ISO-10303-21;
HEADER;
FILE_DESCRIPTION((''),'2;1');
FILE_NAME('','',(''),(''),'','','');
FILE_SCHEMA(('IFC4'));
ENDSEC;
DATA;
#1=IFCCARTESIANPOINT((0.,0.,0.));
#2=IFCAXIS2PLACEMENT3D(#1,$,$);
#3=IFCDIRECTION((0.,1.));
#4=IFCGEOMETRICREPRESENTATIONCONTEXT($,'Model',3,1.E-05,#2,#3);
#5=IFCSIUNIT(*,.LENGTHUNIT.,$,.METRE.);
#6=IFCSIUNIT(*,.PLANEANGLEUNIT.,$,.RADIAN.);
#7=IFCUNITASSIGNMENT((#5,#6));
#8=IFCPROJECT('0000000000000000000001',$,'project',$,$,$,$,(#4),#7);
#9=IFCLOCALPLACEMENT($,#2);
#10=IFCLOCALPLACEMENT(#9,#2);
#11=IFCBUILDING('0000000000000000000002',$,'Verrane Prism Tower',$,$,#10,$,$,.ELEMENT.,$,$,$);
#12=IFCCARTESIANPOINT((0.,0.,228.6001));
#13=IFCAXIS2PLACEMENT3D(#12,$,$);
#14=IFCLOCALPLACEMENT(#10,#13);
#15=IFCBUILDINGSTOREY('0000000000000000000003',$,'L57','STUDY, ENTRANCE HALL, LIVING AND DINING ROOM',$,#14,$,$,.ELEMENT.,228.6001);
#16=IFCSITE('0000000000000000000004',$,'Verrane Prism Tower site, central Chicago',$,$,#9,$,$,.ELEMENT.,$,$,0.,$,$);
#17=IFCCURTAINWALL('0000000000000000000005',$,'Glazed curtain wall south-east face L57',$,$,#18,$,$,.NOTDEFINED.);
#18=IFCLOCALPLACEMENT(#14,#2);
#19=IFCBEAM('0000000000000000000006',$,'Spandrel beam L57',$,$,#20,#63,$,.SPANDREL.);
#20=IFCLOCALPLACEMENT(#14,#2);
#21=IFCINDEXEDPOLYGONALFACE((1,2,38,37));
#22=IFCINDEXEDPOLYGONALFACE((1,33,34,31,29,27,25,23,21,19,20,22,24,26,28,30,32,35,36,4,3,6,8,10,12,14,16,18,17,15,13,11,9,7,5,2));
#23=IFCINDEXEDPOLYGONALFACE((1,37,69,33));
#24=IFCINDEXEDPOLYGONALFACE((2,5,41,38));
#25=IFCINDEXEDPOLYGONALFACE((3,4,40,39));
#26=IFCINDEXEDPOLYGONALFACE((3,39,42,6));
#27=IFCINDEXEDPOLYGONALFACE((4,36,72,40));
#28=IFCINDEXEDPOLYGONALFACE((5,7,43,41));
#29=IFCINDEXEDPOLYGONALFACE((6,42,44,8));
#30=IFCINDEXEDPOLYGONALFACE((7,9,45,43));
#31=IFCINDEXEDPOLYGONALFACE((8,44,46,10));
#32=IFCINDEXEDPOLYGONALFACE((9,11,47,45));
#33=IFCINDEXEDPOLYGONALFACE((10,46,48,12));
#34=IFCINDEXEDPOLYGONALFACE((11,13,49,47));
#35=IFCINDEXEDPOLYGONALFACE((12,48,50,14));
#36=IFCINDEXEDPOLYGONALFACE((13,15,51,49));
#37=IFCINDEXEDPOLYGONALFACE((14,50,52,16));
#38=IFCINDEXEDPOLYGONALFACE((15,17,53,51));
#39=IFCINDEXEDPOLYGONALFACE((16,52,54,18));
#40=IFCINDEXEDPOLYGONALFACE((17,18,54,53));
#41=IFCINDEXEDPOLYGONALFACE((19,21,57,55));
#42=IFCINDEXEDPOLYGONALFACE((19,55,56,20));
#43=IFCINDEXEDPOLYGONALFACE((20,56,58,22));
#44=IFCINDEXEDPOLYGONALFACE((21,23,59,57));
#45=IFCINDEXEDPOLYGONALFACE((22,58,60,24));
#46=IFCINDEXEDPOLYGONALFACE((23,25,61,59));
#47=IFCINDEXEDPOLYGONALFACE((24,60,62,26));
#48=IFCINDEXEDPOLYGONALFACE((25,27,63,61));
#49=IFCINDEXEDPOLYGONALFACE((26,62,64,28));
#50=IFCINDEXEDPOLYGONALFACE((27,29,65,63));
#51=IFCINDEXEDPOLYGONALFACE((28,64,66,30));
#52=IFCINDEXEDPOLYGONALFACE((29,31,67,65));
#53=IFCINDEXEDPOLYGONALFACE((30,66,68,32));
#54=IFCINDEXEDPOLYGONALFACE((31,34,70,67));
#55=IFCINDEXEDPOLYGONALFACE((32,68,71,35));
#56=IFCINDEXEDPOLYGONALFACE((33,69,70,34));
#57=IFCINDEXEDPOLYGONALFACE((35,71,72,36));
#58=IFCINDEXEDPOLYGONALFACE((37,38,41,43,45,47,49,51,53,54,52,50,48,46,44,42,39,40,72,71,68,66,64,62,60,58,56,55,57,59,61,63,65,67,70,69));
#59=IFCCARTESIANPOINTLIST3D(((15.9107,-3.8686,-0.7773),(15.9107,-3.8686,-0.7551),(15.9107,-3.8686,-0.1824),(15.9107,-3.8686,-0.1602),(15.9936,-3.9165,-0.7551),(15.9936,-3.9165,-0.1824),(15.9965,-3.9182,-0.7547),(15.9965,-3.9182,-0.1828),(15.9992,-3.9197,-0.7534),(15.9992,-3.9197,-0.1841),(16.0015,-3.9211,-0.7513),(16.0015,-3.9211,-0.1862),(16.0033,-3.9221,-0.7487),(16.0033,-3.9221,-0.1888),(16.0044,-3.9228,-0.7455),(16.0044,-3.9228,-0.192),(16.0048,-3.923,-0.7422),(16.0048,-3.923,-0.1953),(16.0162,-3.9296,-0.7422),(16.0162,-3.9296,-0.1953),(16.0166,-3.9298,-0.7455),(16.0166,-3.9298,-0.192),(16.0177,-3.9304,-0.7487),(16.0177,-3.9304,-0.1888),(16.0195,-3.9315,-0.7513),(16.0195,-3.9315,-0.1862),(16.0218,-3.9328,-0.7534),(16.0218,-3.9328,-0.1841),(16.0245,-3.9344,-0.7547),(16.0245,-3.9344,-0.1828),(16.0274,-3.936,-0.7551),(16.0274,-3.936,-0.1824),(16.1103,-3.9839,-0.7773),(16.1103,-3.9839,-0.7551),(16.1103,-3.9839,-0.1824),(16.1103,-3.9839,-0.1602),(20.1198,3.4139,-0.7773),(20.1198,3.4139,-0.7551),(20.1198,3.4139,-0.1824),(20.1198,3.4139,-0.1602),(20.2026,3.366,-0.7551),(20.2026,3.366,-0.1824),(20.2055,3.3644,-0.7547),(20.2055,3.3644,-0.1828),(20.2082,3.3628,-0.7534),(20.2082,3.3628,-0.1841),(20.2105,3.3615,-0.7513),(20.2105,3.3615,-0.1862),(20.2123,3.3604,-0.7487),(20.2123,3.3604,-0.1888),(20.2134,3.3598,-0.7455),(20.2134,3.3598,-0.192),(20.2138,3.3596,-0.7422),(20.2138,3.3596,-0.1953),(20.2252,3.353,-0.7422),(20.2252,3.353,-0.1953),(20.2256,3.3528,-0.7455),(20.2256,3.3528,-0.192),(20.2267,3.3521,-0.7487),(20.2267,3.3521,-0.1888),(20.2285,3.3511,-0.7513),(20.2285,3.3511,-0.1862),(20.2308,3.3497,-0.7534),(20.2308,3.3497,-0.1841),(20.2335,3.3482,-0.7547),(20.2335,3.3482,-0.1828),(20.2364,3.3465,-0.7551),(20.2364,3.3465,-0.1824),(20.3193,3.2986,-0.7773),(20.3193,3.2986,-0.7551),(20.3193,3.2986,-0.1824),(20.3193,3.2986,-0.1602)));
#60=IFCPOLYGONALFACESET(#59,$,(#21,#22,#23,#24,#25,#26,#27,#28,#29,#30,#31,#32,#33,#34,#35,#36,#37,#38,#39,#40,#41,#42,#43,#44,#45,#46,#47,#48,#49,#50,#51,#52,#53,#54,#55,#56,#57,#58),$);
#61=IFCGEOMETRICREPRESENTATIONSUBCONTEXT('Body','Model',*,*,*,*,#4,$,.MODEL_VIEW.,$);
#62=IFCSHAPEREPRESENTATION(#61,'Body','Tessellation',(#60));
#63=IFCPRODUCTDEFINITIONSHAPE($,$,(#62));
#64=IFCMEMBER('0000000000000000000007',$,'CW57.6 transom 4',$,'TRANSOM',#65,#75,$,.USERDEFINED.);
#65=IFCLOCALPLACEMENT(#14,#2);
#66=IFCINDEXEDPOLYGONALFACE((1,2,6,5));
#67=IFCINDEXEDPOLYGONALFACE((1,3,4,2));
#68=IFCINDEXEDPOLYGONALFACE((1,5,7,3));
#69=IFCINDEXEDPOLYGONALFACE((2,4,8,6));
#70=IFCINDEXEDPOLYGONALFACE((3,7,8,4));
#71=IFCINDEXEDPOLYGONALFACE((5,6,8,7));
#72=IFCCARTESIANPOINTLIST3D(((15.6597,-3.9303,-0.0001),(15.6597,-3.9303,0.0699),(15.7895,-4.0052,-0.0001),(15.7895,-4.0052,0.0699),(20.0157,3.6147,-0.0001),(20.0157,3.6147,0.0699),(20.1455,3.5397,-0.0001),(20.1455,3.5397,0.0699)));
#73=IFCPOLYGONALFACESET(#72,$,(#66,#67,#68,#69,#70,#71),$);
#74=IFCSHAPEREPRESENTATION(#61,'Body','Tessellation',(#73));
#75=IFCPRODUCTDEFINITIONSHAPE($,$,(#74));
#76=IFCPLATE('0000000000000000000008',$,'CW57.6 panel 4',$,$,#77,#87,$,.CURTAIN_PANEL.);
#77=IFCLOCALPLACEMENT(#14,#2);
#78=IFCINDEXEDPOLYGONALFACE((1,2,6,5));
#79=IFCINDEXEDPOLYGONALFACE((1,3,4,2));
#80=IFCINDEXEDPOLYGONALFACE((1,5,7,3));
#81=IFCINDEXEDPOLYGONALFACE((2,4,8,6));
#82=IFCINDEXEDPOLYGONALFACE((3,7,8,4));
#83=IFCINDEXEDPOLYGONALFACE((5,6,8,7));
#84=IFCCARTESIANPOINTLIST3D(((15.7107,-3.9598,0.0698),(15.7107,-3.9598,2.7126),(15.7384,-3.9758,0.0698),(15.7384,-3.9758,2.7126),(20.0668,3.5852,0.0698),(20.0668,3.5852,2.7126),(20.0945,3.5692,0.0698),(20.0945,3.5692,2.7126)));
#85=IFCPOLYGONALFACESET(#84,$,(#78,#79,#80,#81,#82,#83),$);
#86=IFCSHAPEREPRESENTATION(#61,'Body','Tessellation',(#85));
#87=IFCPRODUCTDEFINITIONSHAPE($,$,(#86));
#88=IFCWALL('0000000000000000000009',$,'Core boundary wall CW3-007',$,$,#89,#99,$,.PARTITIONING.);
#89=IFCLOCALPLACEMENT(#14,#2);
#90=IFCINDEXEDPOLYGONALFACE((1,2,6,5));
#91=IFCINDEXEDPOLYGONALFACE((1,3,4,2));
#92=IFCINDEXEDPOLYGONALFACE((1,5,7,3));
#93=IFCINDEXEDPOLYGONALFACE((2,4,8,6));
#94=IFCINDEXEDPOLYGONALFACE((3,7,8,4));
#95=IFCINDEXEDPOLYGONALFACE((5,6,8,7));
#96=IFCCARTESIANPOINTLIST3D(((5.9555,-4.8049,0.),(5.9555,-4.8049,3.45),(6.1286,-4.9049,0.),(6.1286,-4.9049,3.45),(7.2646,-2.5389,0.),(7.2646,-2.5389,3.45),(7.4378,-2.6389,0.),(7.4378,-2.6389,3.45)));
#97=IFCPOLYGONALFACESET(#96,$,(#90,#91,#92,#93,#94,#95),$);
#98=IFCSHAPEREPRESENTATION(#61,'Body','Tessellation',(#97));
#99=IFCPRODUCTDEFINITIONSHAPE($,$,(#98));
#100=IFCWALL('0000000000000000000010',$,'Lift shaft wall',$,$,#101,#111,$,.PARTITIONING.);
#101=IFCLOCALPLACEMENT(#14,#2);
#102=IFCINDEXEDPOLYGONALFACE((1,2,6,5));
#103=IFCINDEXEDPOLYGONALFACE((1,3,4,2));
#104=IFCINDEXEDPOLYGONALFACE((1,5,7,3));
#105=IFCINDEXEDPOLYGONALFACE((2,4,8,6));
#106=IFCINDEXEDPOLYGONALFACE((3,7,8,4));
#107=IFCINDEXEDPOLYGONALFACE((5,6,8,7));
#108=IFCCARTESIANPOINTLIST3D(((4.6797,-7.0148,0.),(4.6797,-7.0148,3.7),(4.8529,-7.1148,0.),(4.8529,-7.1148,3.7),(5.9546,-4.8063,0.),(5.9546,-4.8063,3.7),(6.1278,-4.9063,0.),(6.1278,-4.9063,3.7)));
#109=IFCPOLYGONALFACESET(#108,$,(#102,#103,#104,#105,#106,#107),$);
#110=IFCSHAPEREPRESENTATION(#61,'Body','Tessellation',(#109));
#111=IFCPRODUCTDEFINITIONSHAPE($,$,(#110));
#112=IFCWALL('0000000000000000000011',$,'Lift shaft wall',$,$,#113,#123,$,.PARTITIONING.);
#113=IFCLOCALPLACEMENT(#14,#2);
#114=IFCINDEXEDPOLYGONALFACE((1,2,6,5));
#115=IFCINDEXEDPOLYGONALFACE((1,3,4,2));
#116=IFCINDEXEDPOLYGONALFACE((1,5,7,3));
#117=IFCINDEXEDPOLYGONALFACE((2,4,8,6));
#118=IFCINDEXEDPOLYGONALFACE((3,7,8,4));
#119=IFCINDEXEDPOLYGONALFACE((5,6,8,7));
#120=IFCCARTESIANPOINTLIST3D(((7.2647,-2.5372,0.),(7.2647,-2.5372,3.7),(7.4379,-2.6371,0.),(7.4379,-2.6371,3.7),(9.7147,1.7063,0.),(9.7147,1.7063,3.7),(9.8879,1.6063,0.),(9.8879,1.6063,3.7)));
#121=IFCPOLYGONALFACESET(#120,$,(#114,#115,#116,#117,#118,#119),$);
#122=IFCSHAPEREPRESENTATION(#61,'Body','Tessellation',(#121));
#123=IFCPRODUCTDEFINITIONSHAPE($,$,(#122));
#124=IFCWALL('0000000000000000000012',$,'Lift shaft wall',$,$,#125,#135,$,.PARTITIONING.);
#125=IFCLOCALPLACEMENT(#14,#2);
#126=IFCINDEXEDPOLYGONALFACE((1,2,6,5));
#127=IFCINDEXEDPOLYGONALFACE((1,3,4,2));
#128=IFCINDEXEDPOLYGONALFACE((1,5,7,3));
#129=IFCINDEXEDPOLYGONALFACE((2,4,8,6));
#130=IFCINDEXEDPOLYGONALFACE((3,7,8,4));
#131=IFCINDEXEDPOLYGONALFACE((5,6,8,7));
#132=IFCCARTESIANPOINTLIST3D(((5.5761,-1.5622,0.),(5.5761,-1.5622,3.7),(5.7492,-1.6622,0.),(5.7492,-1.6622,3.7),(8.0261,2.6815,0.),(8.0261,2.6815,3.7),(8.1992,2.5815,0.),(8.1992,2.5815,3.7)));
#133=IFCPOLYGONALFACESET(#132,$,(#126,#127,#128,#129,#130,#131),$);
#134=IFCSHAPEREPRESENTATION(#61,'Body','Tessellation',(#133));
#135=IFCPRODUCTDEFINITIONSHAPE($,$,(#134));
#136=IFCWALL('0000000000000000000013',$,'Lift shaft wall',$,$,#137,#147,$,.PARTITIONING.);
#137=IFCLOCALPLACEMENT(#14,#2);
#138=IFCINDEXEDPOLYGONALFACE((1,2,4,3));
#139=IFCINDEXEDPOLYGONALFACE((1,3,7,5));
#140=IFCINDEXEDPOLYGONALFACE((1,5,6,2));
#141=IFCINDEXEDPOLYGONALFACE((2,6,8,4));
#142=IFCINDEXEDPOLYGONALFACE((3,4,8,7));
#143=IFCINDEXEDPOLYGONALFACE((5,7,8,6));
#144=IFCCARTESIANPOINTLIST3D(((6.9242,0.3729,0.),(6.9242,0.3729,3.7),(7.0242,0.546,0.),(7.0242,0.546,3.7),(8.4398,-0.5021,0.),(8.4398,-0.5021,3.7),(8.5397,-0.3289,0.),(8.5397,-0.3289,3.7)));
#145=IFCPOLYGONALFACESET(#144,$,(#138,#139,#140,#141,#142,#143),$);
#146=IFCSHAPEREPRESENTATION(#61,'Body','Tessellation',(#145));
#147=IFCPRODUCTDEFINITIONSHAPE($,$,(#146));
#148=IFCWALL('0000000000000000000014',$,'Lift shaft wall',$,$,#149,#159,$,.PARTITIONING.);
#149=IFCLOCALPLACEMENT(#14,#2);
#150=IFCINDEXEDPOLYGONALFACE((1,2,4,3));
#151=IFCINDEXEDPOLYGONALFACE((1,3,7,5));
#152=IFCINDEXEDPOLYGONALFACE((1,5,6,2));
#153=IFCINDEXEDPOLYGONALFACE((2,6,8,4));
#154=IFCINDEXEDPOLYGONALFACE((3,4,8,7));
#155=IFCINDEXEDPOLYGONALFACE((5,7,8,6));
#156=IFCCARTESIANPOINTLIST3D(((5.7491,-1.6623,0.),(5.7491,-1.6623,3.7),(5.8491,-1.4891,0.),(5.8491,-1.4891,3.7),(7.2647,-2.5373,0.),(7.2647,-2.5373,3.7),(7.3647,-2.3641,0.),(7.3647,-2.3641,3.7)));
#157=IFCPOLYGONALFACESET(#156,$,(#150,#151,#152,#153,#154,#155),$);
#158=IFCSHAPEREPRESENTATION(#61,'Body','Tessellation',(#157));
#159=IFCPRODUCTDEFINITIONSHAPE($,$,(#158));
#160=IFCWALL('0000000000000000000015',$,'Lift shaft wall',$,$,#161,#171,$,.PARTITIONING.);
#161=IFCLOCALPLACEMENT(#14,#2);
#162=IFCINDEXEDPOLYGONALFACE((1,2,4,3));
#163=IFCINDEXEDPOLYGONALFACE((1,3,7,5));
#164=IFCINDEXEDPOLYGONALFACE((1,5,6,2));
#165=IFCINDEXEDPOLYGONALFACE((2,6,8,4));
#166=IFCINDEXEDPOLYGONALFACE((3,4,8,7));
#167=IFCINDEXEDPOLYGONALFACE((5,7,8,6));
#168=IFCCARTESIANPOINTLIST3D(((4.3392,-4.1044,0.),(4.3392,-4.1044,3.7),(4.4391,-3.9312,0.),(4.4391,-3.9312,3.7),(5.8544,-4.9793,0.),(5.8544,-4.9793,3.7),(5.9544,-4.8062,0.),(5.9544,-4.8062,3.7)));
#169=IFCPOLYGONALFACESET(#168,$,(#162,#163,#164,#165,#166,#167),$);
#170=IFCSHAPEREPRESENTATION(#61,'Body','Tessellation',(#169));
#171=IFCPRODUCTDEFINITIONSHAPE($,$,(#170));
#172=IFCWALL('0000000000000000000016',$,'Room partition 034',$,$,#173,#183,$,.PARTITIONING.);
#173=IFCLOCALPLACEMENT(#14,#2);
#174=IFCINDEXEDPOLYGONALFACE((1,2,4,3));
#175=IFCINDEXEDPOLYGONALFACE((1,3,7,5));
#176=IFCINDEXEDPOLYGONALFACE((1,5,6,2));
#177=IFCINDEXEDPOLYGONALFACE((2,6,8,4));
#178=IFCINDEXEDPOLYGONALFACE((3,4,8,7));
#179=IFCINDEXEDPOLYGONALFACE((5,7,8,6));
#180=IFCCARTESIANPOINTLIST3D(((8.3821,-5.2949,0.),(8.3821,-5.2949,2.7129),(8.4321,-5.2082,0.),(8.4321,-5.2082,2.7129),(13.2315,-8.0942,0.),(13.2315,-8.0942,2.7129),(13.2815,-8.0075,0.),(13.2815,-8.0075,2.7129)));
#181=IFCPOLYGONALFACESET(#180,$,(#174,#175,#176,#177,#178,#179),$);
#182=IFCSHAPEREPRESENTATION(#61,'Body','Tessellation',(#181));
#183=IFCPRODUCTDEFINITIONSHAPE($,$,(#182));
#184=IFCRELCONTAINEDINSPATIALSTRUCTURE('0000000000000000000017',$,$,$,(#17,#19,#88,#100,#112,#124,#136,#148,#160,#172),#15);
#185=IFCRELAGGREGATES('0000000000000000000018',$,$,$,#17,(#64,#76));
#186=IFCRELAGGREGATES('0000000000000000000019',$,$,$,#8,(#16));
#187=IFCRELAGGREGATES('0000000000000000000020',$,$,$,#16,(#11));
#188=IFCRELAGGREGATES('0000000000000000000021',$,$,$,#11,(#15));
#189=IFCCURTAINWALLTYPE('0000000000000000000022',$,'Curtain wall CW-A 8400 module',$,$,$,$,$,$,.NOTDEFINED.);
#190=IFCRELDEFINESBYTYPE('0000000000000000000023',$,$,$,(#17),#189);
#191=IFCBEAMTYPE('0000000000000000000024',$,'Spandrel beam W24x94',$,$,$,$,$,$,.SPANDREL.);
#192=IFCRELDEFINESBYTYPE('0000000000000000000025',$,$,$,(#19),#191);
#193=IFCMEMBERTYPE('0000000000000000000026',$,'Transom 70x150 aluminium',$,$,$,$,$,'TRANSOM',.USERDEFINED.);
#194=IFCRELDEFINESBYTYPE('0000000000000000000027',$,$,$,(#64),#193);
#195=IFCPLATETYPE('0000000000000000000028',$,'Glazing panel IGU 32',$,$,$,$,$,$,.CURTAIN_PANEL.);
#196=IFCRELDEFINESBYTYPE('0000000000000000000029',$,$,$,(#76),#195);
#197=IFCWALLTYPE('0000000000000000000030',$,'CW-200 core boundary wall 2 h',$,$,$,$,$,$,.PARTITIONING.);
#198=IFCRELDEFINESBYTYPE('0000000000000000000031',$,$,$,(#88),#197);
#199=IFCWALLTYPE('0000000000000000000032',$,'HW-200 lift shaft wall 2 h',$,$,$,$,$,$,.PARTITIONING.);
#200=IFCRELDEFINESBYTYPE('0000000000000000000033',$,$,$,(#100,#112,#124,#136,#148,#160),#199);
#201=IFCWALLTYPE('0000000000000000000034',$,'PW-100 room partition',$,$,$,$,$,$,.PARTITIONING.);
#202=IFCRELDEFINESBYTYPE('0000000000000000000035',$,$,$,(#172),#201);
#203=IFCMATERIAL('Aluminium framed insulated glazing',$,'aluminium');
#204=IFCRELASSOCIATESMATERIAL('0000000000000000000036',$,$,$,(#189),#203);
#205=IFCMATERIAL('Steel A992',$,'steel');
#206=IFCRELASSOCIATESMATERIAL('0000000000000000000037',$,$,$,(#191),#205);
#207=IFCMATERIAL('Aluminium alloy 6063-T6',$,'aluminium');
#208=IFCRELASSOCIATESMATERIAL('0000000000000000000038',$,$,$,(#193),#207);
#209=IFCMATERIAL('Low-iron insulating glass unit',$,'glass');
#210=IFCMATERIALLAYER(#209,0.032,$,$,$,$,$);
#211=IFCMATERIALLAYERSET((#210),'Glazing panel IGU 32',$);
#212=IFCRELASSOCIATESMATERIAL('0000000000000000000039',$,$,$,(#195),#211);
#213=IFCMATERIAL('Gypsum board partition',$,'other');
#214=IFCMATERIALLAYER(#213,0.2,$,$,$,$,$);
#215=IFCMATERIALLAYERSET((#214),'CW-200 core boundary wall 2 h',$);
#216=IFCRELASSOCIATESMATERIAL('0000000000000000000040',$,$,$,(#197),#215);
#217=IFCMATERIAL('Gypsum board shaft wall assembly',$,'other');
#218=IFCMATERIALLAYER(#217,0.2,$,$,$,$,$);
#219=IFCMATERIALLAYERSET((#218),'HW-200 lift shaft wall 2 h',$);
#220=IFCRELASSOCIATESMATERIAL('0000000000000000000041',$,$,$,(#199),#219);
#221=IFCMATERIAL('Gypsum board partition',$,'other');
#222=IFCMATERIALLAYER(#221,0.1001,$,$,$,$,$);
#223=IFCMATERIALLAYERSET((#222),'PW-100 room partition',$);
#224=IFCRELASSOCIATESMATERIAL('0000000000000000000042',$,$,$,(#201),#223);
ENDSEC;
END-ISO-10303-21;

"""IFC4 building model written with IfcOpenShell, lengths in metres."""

from ifc_helpers import new_model, si_unit, direction, frame, frame_2d, origin, origin_2d, place, context, subcontext, project, spatial, rectangle, i_section, extrude, material, layer, layer_set, material_profile, profile_set, type_object, element, aggregate, save


model = new_model("IFC4")

# Units and contexts
model_context = context("Model", 3, precision=1e-05, world=origin(), true_north=direction((0.0, 1.0)))
body_context = subcontext(model_context, "Body", "Model", "MODEL_VIEW")
ifc_project = project(units=[si_unit("LENGTHUNIT", "METRE"), si_unit("PLANEANGLEUNIT", "RADIAN")], contexts=[model_context])

# Site, building, storey
site_placement = place(None, origin())
site = spatial("IfcSite", under=ifc_project, at=site_placement, Name="Verrane Prism Tower site, central Chicago", CompositionType="ELEMENT", RefElevation=0.0)
building_placement = place(site_placement, origin())
building = spatial("IfcBuilding", under=site, at=building_placement, Name="Verrane Prism Tower", CompositionType="ELEMENT")
storey_placement = place(building_placement, frame((0.0, 0.0, 228.6001)))
storey = spatial("IfcBuildingStorey", under=building, at=storey_placement, Name="L57", Description="STUDY, ENTRANCE HALL, LIVING AND DINING ROOM", CompositionType="ELEMENT", Elevation=228.6001)

# Curtain wall
ifc_material_1 = material(Name="Aluminium framed insulated glazing", Category="aluminium")
curtain_wall_type = type_object("IfcCurtainWallType", Name="Curtain wall CW-A 8400 module", PredefinedType="NOTDEFINED", material=ifc_material_1)
curtain_wall_placement = place(storey_placement, origin())
curtain_wall = element("IfcCurtainWall", 1, at=curtain_wall_placement, inside=storey, type_object=curtain_wall_type, Name="Glazed curtain wall south-east face L57", PredefinedType="NOTDEFINED")

# Beam
ifc_material_2 = material(Name="Steel A992", Category="steel")
ifc_material_profile_1 = material_profile(ifc_material_2, i_section(OverallWidth=0.2305, OverallDepth=0.6172, WebThickness=0.0132, FlangeThickness=0.0222, FilletRadius=0.0129, at=origin_2d()), Name="W24x94")
ifc_profile_set_1 = profile_set([ifc_material_profile_1], Name="Steel A992")
beam_type_1 = type_object("IfcBeamType", Name="Spandrel beam W24x94", PredefinedType="SPANDREL", material=ifc_profile_set_1)
beam_1_placement = place(storey_placement, frame((16.0105, -3.9263, -0.4688), z_axis=(0.500397, 0.865796, 0.0), x_axis=(-0.865796, 0.500397, 0.0)))
element("IfcBeam", 2, at=beam_1_placement, inside=storey, type_object=beam_type_1, Name="Spandrel beam L57", PredefinedType="SPANDREL", context=body_context, shape_type="SweptSolid", body=[
    extrude(i_section(OverallWidth=0.2305, OverallDepth=0.6172, WebThickness=0.0132, FlangeThickness=0.0222, FilletRadius=0.0129, at=origin_2d()), origin(), (0.0, 0.0, 1.0), 8.4114),
])

# Member
ifc_material_3 = material(Name="Aluminium alloy 6063-T6", Category="aluminium")
ifc_material_profile_2 = material_profile(ifc_material_3, rectangle(XDim=0.1499, YDim=0.0701, at=origin_2d()), Name="Transom 70x150 aluminium")
ifc_profile_set_2 = profile_set([ifc_material_profile_2], Name="Aluminium alloy 6063-T6")
member_type_1 = type_object("IfcMemberType", Name="Transom 70x150 aluminium", ElementType="TRANSOM", PredefinedType="USERDEFINED", material=ifc_profile_set_2)
member_1_placement = place(storey_placement, frame((15.7246, -3.9678, 0.0349), z_axis=(0.499991, 0.866031, 0.0), x_axis=(-0.866031, 0.499991, 0.0)))
member_1 = element("IfcMember", 3, at=member_1_placement, type_object=member_type_1, Name="CW57.6 transom 4", ObjectType="TRANSOM", PredefinedType="USERDEFINED", context=body_context, shape_type="SweptSolid", body=[
    extrude(rectangle(XDim=0.1499, YDim=0.0701, at=origin_2d()), origin(), (0.0, 0.0, 1.0), 8.7122),
])

# Plate
ifc_material_4 = material(Name="Low-iron insulating glass unit", Category="glass")
ifc_layer_1 = layer(ifc_material_4, 0.032)
ifc_layer_set_1 = layer_set([ifc_layer_1], Name="Glazing panel IGU 32")
plate_type = type_object("IfcPlateType", Name="Glazing panel IGU 32", PredefinedType="CURTAIN_PANEL", material=ifc_layer_set_1)
plate_placement = place(storey_placement, frame((17.9026, -0.1953, 0.0698), z_axis=(0.0, 0.0, 1.0), x_axis=(0.500001, 0.866025, 0.0)))
plate = element("IfcPlate", 4, at=plate_placement, type_object=plate_type, Name="CW57.6 panel 4", PredefinedType="CURTAIN_PANEL", context=body_context, shape_type="SweptSolid", body=[
    extrude(rectangle(XDim=8.7122, YDim=0.032, at=origin_2d()), origin(), (0.0, 0.0, 1.0), 2.6428),
])
aggregate(curtain_wall, [member_1, plate])

# Walls
ifc_material_5 = material(Name="Gypsum board partition", Category="other")
ifc_layer_2 = layer(ifc_material_5, 0.2)
ifc_layer_set_2 = layer_set([ifc_layer_2], Name="CW-200 core boundary wall 2 h")
wall_type_1 = type_object("IfcWallType", Name="CW-200 core boundary wall 2 h", PredefinedType="PARTITIONING", material=ifc_layer_set_2)
wall_1_placement = place(storey_placement, frame((6.042, -4.855, 0.0), z_axis=(0.0, 0.0, 1.0), x_axis=(0.500253, 0.865879, 0.0)))
element("IfcWall", 5, at=wall_1_placement, inside=storey, type_object=wall_type_1, Name="Core boundary wall CW3-007", PredefinedType="PARTITIONING", context=body_context, shape_type="SweptSolid", body=[
    extrude(rectangle(XDim=2.6169, YDim=0.2, at=frame_2d((1.3086, 0.0))), origin(), (0.0, 0.0, 1.0), 3.45),
])
ifc_material_6 = material(Name="Gypsum board shaft wall assembly", Category="other")
ifc_layer_3 = layer(ifc_material_6, 0.2)
ifc_layer_set_3 = layer_set([ifc_layer_3], Name="HW-200 lift shaft wall 2 h")
wall_type_2 = type_object("IfcWallType", Name="HW-200 lift shaft wall 2 h", PredefinedType="PARTITIONING", material=ifc_layer_set_3)
wall_2_placement = place(storey_placement, frame((4.7664, -7.0647, 0.0), z_axis=(0.0, 0.0, 1.0), x_axis=(0.499949, 0.866055, 0.0)))
element("IfcWall", 6, at=wall_2_placement, inside=storey, type_object=wall_type_2, Name="Lift shaft wall", PredefinedType="PARTITIONING", context=body_context, shape_type="SweptSolid", body=[
    extrude(rectangle(XDim=2.55, YDim=0.2, at=frame_2d((1.2749, 0.0))), origin(), (0.0, 0.0, 1.0), 3.7),
])
wall_3_placement = place(storey_placement, frame((7.3513, -2.5872, 0.0), z_axis=(0.0, 0.0, 1.0), x_axis=(0.500003, 0.866024, 0.0)))
element("IfcWall", 7, at=wall_3_placement, inside=storey, type_object=wall_type_2, Name="Lift shaft wall", PredefinedType="PARTITIONING", context=body_context, shape_type="SweptSolid", body=[
    extrude(rectangle(XDim=4.8999, YDim=0.2, at=frame_2d((2.45, 0.0))), origin(), (0.0, 0.0, 1.0), 3.7),
])
wall_4_placement = place(storey_placement, frame((5.6626, -1.6123, 0.0), z_axis=(0.0, 0.0, 1.0), x_axis=(0.499981, 0.866036, 0.0)))
element("IfcWall", 8, at=wall_4_placement, inside=storey, type_object=wall_type_2, Name="Lift shaft wall", PredefinedType="PARTITIONING", context=body_context, shape_type="SweptSolid", body=[
    extrude(rectangle(XDim=4.9001, YDim=0.2, at=frame_2d((2.4502, 0.0))), origin(), (0.0, 0.0, 1.0), 3.7),
])
for number, where, z_axis, x_axis, name in (
    (9, (8.4897, -0.4155, 0.0), (0.0, 0.0, 1.0), (-0.866037, 0.49998, 0.0), "Lift shaft wall"),
    (10, (7.3147, -2.4507, 0.0), (0.0, 0.0, 1.0), (-0.866037, 0.49998, 0.0), "Lift shaft wall"),
):
    element("IfcWall", number, at=place(storey_placement, frame(where, z_axis=z_axis, x_axis=x_axis)), inside=storey, type_object=wall_type_2, Name=name, PredefinedType="PARTITIONING", context=body_context, shape_type="SweptSolid", body=[
        extrude(rectangle(XDim=1.75, YDim=0.2, at=frame_2d((0.875, 0.0))), origin(), (0.0, 0.0, 1.0), 3.7),
    ])
wall_5_placement = place(storey_placement, frame((5.9045, -4.8928, 0.0), z_axis=(0.0, 0.0, 1.0), x_axis=(-0.866002, 0.50004, 0.0)))
element("IfcWall", 11, at=wall_5_placement, inside=storey, type_object=wall_type_2, Name="Lift shaft wall", PredefinedType="PARTITIONING", context=body_context, shape_type="SweptSolid", body=[
    extrude(rectangle(XDim=1.7498, YDim=0.2, at=frame_2d((0.875, 0.0))), origin(), (0.0, 0.0, 1.0), 3.7),
])
ifc_material_7 = material(Name="Gypsum board partition", Category="other")
ifc_layer_4 = layer(ifc_material_7, 0.1001)
ifc_layer_set_4 = layer_set([ifc_layer_4], Name="PW-100 room partition")
wall_type_3 = type_object("IfcWallType", Name="PW-100 room partition", PredefinedType="PARTITIONING", material=ifc_layer_set_4)
wall_6_placement = place(storey_placement, frame((8.407, -5.2515, 0.0), z_axis=(0.0, 0.0, 1.0), x_axis=(0.866061, -0.499938, 0.0)))
element("IfcWall", 12, at=wall_6_placement, inside=storey, type_object=wall_type_3, Name="Room partition 034", PredefinedType="PARTITIONING", context=body_context, shape_type="SweptSolid", body=[
    extrude(rectangle(XDim=5.5994, YDim=0.1001, at=frame_2d((2.7998, 0.0))), origin(), (0.0, 0.0, 1.0), 2.7129),
])

save(model, "model.ifc")
